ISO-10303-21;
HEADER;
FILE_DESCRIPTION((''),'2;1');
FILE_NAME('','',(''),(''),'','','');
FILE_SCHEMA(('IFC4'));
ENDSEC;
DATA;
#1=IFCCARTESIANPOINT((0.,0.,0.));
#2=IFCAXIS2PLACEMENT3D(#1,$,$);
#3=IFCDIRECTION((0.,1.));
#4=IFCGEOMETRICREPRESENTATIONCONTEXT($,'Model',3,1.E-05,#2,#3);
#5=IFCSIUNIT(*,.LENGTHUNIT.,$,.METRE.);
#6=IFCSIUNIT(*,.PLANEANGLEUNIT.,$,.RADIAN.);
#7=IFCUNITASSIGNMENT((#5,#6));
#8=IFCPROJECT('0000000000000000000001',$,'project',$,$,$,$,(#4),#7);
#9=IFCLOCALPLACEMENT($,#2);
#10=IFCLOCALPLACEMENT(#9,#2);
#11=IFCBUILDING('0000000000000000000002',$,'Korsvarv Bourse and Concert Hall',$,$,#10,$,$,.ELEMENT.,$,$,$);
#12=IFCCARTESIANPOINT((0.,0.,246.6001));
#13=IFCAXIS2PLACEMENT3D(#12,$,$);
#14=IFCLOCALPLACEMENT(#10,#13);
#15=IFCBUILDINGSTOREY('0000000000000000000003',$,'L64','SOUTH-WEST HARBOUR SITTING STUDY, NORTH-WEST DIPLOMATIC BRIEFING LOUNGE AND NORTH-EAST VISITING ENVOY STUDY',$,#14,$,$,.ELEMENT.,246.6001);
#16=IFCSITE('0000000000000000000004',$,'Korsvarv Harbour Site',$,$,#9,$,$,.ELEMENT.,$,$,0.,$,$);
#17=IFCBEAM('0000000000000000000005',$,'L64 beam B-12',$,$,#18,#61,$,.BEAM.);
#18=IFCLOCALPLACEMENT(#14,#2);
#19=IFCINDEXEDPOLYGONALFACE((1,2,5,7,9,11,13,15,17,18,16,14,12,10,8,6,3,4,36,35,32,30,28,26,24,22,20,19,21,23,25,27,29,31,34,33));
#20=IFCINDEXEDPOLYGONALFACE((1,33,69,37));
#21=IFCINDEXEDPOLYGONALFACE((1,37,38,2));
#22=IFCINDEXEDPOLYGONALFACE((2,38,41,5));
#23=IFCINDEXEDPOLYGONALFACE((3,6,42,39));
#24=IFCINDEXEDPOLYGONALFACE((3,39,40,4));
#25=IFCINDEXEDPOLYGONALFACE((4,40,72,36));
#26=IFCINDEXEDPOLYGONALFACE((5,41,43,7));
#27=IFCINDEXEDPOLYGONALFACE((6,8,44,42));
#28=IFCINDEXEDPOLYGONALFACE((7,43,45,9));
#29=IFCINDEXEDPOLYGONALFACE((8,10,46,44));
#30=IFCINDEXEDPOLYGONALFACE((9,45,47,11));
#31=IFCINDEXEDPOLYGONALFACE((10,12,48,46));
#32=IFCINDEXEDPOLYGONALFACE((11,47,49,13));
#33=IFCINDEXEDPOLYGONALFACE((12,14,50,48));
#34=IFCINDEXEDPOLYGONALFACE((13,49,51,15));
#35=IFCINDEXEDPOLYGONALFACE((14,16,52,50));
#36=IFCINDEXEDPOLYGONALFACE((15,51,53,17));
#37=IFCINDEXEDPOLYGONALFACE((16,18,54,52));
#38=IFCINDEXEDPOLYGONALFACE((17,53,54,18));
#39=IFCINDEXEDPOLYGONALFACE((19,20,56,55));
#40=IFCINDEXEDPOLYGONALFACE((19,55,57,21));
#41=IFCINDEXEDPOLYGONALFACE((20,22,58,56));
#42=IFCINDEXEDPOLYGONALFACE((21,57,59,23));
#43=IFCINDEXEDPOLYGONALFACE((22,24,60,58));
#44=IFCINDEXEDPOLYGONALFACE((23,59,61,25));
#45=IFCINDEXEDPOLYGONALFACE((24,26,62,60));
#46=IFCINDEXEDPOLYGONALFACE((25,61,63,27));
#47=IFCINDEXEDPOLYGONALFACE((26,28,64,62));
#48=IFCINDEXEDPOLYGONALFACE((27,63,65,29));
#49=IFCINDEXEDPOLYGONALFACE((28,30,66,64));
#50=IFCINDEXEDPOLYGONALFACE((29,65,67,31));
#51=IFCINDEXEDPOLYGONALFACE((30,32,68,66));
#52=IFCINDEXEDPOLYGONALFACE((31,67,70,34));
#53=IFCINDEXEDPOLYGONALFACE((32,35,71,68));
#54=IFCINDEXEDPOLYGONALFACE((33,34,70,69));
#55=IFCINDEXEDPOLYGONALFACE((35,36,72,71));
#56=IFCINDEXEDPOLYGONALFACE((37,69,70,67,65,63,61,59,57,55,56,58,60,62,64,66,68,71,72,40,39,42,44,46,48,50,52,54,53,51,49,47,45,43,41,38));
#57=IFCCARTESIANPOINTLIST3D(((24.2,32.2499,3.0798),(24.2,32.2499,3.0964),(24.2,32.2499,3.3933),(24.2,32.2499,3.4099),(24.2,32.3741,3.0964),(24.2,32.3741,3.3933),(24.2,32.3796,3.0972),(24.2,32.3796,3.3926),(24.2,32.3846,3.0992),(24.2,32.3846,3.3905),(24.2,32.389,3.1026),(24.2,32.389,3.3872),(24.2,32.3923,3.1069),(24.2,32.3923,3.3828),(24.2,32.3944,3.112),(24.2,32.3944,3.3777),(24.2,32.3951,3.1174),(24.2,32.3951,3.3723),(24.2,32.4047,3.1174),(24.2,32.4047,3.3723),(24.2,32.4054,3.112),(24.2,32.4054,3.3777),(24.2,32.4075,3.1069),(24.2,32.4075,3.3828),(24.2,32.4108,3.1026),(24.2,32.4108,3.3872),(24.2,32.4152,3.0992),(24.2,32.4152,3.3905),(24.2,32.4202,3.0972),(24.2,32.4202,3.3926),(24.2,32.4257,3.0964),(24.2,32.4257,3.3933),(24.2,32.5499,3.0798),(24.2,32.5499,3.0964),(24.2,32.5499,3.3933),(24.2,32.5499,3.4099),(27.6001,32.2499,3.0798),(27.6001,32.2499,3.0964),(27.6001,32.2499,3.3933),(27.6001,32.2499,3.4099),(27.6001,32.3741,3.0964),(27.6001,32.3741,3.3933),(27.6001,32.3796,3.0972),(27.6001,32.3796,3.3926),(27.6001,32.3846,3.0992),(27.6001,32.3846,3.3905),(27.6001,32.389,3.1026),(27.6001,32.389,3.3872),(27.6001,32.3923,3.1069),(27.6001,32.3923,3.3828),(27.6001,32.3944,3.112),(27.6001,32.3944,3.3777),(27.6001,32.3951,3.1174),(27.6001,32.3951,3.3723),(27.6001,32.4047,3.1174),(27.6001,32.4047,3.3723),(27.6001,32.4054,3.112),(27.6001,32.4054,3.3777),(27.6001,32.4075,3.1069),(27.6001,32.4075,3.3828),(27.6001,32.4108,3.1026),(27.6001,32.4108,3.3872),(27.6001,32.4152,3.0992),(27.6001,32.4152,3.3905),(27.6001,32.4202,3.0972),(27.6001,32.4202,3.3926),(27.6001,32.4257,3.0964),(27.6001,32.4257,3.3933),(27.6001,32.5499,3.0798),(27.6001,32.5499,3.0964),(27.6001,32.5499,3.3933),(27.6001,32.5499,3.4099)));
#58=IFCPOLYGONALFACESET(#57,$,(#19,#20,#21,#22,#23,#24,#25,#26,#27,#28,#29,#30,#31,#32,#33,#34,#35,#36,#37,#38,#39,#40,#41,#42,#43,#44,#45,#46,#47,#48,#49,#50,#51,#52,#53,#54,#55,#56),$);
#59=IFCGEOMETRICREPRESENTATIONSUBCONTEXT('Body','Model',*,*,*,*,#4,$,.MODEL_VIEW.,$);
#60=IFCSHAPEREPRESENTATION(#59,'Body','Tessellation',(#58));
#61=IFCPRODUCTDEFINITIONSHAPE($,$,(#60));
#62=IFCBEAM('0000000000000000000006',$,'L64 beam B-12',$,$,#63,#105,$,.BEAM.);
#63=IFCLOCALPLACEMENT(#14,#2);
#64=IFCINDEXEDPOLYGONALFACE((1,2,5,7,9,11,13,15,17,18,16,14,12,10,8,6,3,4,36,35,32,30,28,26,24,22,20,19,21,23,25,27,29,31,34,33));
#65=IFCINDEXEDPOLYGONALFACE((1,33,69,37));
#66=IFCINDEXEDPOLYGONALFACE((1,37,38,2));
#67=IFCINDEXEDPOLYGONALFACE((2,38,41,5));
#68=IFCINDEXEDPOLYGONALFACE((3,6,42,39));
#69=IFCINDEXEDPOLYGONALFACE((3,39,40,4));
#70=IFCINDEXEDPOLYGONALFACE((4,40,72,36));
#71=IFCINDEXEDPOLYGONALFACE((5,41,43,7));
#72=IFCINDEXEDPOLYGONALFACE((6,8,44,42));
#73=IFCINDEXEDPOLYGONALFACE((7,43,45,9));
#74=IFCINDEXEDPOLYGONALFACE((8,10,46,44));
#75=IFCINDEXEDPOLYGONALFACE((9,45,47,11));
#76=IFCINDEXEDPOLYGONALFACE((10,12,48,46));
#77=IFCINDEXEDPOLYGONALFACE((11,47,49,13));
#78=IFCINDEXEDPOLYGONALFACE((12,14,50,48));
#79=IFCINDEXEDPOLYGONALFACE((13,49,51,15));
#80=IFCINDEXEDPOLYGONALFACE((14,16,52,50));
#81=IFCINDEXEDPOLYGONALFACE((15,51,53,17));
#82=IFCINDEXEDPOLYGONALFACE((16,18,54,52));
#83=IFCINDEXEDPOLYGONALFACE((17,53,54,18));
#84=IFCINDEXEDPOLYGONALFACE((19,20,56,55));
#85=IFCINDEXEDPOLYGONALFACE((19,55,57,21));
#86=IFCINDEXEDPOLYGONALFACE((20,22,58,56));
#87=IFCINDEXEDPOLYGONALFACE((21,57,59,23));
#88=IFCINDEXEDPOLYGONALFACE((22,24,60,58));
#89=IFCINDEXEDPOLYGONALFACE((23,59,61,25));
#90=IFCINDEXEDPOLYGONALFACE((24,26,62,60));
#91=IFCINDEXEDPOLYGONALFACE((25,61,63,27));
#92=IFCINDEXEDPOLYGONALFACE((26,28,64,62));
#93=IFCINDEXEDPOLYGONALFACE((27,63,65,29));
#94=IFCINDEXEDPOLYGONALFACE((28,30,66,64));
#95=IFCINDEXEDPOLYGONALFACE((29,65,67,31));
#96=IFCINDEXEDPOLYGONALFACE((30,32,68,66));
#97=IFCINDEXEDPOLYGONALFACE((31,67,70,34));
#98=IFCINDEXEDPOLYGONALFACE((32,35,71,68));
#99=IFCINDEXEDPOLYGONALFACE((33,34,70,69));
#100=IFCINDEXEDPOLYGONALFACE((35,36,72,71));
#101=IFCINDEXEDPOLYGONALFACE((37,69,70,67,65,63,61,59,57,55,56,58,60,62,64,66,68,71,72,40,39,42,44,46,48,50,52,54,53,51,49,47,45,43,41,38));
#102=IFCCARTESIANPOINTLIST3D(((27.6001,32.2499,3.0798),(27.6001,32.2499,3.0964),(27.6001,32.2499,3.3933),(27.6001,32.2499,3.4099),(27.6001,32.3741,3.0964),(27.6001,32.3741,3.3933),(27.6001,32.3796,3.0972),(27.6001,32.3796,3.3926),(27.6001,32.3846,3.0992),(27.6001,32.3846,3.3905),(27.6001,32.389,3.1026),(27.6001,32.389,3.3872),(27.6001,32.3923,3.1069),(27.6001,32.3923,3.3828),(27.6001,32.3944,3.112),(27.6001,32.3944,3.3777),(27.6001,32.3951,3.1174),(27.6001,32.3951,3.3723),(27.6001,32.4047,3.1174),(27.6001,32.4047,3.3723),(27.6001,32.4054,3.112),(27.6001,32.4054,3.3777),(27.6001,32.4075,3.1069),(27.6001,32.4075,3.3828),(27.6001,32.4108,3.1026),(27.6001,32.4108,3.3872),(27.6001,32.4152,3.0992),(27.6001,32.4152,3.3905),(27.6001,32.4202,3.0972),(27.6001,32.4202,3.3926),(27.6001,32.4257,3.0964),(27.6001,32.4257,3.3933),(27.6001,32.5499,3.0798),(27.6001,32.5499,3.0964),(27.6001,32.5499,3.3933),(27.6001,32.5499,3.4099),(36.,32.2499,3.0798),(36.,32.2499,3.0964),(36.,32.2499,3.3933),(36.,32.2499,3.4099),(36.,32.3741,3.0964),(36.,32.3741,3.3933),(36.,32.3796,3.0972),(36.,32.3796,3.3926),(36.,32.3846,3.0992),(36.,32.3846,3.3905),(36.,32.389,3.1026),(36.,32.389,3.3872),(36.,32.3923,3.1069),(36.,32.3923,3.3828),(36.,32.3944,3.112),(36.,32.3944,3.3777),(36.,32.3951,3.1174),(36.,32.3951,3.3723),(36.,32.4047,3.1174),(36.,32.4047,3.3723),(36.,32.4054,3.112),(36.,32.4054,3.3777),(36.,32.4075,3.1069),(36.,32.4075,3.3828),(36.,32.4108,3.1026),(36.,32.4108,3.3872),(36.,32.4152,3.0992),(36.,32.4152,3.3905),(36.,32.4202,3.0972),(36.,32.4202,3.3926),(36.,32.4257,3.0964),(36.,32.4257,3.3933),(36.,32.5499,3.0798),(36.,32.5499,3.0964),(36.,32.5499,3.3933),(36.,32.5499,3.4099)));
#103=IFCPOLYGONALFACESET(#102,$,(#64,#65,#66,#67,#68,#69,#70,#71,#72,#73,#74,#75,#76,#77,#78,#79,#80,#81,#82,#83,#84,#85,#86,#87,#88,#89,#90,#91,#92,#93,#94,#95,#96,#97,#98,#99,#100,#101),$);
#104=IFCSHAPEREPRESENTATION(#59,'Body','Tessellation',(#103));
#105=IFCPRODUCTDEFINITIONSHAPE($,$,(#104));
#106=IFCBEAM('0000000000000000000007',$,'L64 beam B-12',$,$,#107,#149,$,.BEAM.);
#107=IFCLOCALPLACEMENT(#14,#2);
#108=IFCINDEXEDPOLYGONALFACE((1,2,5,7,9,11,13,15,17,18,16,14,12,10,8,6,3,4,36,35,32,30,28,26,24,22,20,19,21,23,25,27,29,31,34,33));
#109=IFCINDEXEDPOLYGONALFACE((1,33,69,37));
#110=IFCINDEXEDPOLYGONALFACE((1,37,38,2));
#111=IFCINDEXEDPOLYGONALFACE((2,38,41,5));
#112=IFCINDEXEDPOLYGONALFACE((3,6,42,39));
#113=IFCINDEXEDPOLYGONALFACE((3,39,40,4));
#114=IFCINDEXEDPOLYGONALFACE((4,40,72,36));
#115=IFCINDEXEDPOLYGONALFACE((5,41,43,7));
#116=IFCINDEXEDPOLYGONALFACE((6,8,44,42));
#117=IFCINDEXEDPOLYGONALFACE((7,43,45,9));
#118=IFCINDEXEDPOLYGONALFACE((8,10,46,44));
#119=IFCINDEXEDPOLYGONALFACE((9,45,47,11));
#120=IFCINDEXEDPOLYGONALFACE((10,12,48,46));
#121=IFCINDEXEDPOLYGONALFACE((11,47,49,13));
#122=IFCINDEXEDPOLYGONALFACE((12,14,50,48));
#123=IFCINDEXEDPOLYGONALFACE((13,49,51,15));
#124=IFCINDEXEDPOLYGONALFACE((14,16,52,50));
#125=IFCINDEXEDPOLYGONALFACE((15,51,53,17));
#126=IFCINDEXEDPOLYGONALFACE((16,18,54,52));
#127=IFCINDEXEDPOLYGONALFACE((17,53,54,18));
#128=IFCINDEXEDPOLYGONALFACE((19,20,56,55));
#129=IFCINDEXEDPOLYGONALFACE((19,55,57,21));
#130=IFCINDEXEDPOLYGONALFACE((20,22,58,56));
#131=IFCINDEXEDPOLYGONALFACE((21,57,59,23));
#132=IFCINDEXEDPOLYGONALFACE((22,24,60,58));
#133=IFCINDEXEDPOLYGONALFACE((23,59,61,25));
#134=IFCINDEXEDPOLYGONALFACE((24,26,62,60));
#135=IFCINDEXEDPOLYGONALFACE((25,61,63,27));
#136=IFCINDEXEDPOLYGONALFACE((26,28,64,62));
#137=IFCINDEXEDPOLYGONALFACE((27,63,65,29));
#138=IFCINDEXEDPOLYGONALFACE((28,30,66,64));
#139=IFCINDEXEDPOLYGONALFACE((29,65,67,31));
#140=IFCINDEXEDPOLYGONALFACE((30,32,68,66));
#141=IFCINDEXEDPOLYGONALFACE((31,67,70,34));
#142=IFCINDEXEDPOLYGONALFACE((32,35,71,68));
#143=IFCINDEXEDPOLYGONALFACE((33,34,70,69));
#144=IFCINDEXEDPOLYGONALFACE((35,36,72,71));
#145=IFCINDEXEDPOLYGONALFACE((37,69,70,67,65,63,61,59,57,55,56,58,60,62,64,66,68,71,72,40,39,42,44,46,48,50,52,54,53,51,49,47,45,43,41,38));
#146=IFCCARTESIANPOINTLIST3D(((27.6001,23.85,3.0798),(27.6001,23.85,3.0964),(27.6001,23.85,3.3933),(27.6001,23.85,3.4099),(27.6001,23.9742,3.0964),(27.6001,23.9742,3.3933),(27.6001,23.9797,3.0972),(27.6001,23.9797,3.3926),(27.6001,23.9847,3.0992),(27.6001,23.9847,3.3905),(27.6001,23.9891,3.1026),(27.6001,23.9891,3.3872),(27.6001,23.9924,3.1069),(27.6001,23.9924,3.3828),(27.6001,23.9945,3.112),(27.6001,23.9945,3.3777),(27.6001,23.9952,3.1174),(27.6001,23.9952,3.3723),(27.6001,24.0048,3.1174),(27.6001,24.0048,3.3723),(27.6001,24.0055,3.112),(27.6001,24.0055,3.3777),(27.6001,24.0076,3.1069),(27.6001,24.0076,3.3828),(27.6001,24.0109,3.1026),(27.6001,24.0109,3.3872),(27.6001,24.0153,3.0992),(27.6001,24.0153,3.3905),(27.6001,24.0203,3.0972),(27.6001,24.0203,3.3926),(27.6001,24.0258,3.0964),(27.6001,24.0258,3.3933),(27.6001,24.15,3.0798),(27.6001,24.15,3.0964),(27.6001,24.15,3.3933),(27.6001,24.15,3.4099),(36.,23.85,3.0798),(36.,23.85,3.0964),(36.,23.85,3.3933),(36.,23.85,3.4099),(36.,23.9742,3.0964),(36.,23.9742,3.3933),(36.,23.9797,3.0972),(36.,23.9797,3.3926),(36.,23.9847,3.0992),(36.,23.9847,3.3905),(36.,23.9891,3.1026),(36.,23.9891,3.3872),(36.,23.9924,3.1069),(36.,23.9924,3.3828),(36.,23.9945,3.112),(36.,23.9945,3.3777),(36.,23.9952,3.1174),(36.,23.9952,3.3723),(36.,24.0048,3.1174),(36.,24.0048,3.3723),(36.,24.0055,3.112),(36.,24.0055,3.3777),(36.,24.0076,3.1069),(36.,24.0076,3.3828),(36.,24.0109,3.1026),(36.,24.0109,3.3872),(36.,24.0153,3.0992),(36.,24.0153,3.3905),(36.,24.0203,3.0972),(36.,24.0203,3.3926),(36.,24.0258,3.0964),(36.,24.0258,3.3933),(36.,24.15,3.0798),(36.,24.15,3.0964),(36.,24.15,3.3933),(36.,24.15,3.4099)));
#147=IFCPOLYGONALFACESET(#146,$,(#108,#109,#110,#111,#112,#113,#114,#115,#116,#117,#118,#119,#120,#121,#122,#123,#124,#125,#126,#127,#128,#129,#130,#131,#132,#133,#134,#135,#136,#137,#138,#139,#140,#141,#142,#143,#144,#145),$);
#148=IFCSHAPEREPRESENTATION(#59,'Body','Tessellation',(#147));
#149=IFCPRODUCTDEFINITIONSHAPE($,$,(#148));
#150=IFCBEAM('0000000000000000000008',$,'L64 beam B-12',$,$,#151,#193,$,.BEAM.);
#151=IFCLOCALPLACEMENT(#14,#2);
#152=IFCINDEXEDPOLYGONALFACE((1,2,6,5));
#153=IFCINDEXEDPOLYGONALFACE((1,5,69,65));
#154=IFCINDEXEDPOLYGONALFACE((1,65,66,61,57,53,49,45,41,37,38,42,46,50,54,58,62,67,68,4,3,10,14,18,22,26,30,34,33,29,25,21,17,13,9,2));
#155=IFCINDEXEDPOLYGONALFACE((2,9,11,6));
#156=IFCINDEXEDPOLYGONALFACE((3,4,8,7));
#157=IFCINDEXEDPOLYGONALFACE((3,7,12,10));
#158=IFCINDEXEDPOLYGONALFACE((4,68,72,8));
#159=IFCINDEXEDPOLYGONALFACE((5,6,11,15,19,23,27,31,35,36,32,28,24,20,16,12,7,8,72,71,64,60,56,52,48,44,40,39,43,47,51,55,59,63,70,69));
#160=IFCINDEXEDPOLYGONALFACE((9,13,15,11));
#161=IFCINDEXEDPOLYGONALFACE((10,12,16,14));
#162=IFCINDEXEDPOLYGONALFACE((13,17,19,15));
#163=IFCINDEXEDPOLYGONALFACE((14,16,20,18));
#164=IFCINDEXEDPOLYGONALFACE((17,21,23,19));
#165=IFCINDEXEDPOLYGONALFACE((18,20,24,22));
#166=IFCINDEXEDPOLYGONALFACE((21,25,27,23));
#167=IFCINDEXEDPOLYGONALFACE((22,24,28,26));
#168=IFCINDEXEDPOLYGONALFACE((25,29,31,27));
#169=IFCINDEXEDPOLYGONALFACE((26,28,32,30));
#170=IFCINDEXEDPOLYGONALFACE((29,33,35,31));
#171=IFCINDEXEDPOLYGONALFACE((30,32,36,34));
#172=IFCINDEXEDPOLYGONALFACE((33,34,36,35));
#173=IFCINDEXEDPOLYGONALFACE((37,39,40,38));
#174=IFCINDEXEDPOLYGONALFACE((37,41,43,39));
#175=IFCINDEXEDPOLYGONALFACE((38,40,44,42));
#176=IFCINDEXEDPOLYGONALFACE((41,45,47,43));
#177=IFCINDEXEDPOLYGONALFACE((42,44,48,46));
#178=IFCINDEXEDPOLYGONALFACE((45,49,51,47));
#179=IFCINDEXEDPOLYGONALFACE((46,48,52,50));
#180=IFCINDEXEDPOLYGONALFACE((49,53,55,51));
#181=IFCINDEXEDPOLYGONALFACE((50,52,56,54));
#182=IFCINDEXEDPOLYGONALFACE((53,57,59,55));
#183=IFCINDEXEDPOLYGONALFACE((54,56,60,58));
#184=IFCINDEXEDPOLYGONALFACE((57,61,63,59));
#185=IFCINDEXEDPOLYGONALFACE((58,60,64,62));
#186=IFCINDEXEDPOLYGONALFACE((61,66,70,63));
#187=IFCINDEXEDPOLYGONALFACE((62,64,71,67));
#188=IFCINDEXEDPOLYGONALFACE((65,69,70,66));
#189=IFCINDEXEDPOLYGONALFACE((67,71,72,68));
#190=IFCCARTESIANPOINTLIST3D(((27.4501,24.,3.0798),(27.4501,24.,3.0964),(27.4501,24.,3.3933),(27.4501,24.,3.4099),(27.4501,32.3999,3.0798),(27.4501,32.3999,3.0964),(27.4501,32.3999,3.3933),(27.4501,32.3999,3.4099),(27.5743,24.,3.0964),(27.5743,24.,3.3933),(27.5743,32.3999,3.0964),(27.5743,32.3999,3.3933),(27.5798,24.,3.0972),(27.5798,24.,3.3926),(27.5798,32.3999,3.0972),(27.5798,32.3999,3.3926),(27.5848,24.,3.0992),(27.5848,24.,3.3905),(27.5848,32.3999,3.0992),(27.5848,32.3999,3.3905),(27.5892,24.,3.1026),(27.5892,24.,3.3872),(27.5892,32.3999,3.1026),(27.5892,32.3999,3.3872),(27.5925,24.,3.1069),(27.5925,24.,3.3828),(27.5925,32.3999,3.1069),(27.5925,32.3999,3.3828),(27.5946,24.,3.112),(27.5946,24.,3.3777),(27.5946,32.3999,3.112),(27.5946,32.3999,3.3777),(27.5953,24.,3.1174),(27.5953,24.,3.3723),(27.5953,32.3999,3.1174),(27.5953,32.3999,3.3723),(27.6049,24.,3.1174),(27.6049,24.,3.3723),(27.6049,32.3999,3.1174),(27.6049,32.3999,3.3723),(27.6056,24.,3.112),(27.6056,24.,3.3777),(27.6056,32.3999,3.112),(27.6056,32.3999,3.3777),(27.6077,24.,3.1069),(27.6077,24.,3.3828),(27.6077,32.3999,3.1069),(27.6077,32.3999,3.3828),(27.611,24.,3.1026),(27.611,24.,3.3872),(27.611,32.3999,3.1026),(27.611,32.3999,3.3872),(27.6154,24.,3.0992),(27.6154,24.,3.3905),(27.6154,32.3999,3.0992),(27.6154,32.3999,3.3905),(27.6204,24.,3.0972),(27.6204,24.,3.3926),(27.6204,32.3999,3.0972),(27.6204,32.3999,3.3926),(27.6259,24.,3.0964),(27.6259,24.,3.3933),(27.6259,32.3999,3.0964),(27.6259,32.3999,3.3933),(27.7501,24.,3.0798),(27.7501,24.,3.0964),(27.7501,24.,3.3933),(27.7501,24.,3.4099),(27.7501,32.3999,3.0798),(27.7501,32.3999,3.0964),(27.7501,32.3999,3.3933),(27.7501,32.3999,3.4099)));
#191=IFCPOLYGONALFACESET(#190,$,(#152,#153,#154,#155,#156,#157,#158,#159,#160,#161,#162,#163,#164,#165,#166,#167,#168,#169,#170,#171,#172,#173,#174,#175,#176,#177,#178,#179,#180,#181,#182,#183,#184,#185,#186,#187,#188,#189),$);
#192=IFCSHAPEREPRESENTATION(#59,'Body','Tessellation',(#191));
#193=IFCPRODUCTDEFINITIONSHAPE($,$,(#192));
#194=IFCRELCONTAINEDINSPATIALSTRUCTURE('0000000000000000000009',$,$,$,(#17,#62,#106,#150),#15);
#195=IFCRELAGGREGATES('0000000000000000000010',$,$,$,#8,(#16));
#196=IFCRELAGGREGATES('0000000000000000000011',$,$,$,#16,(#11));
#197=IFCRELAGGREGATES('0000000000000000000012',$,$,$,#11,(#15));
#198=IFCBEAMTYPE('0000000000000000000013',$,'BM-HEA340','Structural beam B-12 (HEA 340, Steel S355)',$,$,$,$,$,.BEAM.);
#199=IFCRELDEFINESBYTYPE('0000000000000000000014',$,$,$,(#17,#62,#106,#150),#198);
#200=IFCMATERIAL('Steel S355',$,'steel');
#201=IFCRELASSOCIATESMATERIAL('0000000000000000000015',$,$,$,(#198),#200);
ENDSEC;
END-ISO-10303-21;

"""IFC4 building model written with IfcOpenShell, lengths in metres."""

from ifc_helpers import new_model, si_unit, direction, frame, origin, origin_2d, place, context, subcontext, project, spatial, i_section, extrude, source, transform, mapped, material, material_profile, profile_set, type_object, element, save


model = new_model("IFC4")

# Units and contexts
model_context = context("Model", 3, precision=1e-05, world=origin(), true_north=direction((0.0, 1.0)))
body_context = subcontext(model_context, "Body", "Model", "MODEL_VIEW")
ifc_project = project(units=[si_unit("LENGTHUNIT", "METRE"), si_unit("PLANEANGLEUNIT", "RADIAN")], contexts=[model_context])

# Site, building, storey
site_placement = place(None, origin())
site = spatial("IfcSite", under=ifc_project, at=site_placement, Name="Korsvarv Harbour Site", CompositionType="ELEMENT", RefElevation=0.0)
building_placement = place(site_placement, origin())
building = spatial("IfcBuilding", under=site, at=building_placement, Name="Korsvarv Bourse and Concert Hall", CompositionType="ELEMENT")
storey_placement = place(building_placement, frame((0.0, 0.0, 246.6001)))
storey = spatial("IfcBuildingStorey", under=building, at=storey_placement, Name="L64", Description="SOUTH-WEST HARBOUR SITTING STUDY, NORTH-WEST DIPLOMATIC BRIEFING LOUNGE AND NORTH-EAST VISITING ENVOY STUDY", CompositionType="ELEMENT", Elevation=246.6001)

# Shared definitions
ifc_material_1 = material(Name="Steel S355", Category="steel")

# Beams
ifc_material_profile_1 = material_profile(ifc_material_1, i_section(OverallWidth=0.3, OverallDepth=0.3301, WebThickness=0.0095, FlangeThickness=0.0166, FilletRadius=0.021, at=origin_2d()), Name="HEA 340")
ifc_profile_set_1 = profile_set([ifc_material_profile_1], Name="Steel S355")
beam_type_1 = type_object("IfcBeamType", Name="BM-HEA340", Description="Structural beam B-12 (HEA 340, Steel S355)", PredefinedType="BEAM", material=ifc_profile_set_1)
shared_shape_1 = source(origin(), body_context, "Body", "SweptSolid", [
    extrude(i_section(OverallWidth=0.3, OverallDepth=0.3301, WebThickness=0.0095, FlangeThickness=0.0166, FilletRadius=0.021, at=origin_2d()), origin(), (0.0, 0.0, 1.0), 3.4001),
])
beam_1_placement = place(storey_placement, frame((24.2, 32.3999, 3.2449), z_axis=(1.0, 0.0, 0.0), x_axis=(0.0, 1.0, 0.0)))
element("IfcBeam", 1, at=beam_1_placement, inside=storey, type_object=beam_type_1, Name="L64 beam B-12", PredefinedType="BEAM", context=body_context, shape_type="MappedRepresentation", body=[
    mapped(shared_shape_1, transform((0.0, 0.0, 0.0), scale=1.0)),
])
shared_shape_2 = source(origin(), body_context, "Body", "SweptSolid", [
    extrude(i_section(OverallWidth=0.3, OverallDepth=0.3301, WebThickness=0.0095, FlangeThickness=0.0166, FilletRadius=0.021, at=origin_2d()), origin(), (0.0, 0.0, 1.0), 8.3999),
])
for number, where, z_axis, x_axis, name in (
    (2, (27.6001, 32.3999, 3.2449), (1.0, 0.0, 0.0), (0.0, 1.0, 0.0), "L64 beam B-12"),
    (3, (27.6001, 24.0, 3.2449), (1.0, 0.0, 0.0), (0.0, 1.0, 0.0), "L64 beam B-12"),
    (4, (27.6001, 24.0, 3.2449), (0.0, 1.0, 0.0), (-1.0, 0.0, 0.0), "L64 beam B-12"),
):
    element("IfcBeam", number, at=place(storey_placement, frame(where, z_axis=z_axis, x_axis=x_axis)), inside=storey, type_object=beam_type_1, Name=name, PredefinedType="BEAM", context=body_context, shape_type="MappedRepresentation", body=[
        mapped(shared_shape_2, transform((0.0, 0.0, 0.0), scale=1.0)),
    ])

save(model, "model.ifc")
